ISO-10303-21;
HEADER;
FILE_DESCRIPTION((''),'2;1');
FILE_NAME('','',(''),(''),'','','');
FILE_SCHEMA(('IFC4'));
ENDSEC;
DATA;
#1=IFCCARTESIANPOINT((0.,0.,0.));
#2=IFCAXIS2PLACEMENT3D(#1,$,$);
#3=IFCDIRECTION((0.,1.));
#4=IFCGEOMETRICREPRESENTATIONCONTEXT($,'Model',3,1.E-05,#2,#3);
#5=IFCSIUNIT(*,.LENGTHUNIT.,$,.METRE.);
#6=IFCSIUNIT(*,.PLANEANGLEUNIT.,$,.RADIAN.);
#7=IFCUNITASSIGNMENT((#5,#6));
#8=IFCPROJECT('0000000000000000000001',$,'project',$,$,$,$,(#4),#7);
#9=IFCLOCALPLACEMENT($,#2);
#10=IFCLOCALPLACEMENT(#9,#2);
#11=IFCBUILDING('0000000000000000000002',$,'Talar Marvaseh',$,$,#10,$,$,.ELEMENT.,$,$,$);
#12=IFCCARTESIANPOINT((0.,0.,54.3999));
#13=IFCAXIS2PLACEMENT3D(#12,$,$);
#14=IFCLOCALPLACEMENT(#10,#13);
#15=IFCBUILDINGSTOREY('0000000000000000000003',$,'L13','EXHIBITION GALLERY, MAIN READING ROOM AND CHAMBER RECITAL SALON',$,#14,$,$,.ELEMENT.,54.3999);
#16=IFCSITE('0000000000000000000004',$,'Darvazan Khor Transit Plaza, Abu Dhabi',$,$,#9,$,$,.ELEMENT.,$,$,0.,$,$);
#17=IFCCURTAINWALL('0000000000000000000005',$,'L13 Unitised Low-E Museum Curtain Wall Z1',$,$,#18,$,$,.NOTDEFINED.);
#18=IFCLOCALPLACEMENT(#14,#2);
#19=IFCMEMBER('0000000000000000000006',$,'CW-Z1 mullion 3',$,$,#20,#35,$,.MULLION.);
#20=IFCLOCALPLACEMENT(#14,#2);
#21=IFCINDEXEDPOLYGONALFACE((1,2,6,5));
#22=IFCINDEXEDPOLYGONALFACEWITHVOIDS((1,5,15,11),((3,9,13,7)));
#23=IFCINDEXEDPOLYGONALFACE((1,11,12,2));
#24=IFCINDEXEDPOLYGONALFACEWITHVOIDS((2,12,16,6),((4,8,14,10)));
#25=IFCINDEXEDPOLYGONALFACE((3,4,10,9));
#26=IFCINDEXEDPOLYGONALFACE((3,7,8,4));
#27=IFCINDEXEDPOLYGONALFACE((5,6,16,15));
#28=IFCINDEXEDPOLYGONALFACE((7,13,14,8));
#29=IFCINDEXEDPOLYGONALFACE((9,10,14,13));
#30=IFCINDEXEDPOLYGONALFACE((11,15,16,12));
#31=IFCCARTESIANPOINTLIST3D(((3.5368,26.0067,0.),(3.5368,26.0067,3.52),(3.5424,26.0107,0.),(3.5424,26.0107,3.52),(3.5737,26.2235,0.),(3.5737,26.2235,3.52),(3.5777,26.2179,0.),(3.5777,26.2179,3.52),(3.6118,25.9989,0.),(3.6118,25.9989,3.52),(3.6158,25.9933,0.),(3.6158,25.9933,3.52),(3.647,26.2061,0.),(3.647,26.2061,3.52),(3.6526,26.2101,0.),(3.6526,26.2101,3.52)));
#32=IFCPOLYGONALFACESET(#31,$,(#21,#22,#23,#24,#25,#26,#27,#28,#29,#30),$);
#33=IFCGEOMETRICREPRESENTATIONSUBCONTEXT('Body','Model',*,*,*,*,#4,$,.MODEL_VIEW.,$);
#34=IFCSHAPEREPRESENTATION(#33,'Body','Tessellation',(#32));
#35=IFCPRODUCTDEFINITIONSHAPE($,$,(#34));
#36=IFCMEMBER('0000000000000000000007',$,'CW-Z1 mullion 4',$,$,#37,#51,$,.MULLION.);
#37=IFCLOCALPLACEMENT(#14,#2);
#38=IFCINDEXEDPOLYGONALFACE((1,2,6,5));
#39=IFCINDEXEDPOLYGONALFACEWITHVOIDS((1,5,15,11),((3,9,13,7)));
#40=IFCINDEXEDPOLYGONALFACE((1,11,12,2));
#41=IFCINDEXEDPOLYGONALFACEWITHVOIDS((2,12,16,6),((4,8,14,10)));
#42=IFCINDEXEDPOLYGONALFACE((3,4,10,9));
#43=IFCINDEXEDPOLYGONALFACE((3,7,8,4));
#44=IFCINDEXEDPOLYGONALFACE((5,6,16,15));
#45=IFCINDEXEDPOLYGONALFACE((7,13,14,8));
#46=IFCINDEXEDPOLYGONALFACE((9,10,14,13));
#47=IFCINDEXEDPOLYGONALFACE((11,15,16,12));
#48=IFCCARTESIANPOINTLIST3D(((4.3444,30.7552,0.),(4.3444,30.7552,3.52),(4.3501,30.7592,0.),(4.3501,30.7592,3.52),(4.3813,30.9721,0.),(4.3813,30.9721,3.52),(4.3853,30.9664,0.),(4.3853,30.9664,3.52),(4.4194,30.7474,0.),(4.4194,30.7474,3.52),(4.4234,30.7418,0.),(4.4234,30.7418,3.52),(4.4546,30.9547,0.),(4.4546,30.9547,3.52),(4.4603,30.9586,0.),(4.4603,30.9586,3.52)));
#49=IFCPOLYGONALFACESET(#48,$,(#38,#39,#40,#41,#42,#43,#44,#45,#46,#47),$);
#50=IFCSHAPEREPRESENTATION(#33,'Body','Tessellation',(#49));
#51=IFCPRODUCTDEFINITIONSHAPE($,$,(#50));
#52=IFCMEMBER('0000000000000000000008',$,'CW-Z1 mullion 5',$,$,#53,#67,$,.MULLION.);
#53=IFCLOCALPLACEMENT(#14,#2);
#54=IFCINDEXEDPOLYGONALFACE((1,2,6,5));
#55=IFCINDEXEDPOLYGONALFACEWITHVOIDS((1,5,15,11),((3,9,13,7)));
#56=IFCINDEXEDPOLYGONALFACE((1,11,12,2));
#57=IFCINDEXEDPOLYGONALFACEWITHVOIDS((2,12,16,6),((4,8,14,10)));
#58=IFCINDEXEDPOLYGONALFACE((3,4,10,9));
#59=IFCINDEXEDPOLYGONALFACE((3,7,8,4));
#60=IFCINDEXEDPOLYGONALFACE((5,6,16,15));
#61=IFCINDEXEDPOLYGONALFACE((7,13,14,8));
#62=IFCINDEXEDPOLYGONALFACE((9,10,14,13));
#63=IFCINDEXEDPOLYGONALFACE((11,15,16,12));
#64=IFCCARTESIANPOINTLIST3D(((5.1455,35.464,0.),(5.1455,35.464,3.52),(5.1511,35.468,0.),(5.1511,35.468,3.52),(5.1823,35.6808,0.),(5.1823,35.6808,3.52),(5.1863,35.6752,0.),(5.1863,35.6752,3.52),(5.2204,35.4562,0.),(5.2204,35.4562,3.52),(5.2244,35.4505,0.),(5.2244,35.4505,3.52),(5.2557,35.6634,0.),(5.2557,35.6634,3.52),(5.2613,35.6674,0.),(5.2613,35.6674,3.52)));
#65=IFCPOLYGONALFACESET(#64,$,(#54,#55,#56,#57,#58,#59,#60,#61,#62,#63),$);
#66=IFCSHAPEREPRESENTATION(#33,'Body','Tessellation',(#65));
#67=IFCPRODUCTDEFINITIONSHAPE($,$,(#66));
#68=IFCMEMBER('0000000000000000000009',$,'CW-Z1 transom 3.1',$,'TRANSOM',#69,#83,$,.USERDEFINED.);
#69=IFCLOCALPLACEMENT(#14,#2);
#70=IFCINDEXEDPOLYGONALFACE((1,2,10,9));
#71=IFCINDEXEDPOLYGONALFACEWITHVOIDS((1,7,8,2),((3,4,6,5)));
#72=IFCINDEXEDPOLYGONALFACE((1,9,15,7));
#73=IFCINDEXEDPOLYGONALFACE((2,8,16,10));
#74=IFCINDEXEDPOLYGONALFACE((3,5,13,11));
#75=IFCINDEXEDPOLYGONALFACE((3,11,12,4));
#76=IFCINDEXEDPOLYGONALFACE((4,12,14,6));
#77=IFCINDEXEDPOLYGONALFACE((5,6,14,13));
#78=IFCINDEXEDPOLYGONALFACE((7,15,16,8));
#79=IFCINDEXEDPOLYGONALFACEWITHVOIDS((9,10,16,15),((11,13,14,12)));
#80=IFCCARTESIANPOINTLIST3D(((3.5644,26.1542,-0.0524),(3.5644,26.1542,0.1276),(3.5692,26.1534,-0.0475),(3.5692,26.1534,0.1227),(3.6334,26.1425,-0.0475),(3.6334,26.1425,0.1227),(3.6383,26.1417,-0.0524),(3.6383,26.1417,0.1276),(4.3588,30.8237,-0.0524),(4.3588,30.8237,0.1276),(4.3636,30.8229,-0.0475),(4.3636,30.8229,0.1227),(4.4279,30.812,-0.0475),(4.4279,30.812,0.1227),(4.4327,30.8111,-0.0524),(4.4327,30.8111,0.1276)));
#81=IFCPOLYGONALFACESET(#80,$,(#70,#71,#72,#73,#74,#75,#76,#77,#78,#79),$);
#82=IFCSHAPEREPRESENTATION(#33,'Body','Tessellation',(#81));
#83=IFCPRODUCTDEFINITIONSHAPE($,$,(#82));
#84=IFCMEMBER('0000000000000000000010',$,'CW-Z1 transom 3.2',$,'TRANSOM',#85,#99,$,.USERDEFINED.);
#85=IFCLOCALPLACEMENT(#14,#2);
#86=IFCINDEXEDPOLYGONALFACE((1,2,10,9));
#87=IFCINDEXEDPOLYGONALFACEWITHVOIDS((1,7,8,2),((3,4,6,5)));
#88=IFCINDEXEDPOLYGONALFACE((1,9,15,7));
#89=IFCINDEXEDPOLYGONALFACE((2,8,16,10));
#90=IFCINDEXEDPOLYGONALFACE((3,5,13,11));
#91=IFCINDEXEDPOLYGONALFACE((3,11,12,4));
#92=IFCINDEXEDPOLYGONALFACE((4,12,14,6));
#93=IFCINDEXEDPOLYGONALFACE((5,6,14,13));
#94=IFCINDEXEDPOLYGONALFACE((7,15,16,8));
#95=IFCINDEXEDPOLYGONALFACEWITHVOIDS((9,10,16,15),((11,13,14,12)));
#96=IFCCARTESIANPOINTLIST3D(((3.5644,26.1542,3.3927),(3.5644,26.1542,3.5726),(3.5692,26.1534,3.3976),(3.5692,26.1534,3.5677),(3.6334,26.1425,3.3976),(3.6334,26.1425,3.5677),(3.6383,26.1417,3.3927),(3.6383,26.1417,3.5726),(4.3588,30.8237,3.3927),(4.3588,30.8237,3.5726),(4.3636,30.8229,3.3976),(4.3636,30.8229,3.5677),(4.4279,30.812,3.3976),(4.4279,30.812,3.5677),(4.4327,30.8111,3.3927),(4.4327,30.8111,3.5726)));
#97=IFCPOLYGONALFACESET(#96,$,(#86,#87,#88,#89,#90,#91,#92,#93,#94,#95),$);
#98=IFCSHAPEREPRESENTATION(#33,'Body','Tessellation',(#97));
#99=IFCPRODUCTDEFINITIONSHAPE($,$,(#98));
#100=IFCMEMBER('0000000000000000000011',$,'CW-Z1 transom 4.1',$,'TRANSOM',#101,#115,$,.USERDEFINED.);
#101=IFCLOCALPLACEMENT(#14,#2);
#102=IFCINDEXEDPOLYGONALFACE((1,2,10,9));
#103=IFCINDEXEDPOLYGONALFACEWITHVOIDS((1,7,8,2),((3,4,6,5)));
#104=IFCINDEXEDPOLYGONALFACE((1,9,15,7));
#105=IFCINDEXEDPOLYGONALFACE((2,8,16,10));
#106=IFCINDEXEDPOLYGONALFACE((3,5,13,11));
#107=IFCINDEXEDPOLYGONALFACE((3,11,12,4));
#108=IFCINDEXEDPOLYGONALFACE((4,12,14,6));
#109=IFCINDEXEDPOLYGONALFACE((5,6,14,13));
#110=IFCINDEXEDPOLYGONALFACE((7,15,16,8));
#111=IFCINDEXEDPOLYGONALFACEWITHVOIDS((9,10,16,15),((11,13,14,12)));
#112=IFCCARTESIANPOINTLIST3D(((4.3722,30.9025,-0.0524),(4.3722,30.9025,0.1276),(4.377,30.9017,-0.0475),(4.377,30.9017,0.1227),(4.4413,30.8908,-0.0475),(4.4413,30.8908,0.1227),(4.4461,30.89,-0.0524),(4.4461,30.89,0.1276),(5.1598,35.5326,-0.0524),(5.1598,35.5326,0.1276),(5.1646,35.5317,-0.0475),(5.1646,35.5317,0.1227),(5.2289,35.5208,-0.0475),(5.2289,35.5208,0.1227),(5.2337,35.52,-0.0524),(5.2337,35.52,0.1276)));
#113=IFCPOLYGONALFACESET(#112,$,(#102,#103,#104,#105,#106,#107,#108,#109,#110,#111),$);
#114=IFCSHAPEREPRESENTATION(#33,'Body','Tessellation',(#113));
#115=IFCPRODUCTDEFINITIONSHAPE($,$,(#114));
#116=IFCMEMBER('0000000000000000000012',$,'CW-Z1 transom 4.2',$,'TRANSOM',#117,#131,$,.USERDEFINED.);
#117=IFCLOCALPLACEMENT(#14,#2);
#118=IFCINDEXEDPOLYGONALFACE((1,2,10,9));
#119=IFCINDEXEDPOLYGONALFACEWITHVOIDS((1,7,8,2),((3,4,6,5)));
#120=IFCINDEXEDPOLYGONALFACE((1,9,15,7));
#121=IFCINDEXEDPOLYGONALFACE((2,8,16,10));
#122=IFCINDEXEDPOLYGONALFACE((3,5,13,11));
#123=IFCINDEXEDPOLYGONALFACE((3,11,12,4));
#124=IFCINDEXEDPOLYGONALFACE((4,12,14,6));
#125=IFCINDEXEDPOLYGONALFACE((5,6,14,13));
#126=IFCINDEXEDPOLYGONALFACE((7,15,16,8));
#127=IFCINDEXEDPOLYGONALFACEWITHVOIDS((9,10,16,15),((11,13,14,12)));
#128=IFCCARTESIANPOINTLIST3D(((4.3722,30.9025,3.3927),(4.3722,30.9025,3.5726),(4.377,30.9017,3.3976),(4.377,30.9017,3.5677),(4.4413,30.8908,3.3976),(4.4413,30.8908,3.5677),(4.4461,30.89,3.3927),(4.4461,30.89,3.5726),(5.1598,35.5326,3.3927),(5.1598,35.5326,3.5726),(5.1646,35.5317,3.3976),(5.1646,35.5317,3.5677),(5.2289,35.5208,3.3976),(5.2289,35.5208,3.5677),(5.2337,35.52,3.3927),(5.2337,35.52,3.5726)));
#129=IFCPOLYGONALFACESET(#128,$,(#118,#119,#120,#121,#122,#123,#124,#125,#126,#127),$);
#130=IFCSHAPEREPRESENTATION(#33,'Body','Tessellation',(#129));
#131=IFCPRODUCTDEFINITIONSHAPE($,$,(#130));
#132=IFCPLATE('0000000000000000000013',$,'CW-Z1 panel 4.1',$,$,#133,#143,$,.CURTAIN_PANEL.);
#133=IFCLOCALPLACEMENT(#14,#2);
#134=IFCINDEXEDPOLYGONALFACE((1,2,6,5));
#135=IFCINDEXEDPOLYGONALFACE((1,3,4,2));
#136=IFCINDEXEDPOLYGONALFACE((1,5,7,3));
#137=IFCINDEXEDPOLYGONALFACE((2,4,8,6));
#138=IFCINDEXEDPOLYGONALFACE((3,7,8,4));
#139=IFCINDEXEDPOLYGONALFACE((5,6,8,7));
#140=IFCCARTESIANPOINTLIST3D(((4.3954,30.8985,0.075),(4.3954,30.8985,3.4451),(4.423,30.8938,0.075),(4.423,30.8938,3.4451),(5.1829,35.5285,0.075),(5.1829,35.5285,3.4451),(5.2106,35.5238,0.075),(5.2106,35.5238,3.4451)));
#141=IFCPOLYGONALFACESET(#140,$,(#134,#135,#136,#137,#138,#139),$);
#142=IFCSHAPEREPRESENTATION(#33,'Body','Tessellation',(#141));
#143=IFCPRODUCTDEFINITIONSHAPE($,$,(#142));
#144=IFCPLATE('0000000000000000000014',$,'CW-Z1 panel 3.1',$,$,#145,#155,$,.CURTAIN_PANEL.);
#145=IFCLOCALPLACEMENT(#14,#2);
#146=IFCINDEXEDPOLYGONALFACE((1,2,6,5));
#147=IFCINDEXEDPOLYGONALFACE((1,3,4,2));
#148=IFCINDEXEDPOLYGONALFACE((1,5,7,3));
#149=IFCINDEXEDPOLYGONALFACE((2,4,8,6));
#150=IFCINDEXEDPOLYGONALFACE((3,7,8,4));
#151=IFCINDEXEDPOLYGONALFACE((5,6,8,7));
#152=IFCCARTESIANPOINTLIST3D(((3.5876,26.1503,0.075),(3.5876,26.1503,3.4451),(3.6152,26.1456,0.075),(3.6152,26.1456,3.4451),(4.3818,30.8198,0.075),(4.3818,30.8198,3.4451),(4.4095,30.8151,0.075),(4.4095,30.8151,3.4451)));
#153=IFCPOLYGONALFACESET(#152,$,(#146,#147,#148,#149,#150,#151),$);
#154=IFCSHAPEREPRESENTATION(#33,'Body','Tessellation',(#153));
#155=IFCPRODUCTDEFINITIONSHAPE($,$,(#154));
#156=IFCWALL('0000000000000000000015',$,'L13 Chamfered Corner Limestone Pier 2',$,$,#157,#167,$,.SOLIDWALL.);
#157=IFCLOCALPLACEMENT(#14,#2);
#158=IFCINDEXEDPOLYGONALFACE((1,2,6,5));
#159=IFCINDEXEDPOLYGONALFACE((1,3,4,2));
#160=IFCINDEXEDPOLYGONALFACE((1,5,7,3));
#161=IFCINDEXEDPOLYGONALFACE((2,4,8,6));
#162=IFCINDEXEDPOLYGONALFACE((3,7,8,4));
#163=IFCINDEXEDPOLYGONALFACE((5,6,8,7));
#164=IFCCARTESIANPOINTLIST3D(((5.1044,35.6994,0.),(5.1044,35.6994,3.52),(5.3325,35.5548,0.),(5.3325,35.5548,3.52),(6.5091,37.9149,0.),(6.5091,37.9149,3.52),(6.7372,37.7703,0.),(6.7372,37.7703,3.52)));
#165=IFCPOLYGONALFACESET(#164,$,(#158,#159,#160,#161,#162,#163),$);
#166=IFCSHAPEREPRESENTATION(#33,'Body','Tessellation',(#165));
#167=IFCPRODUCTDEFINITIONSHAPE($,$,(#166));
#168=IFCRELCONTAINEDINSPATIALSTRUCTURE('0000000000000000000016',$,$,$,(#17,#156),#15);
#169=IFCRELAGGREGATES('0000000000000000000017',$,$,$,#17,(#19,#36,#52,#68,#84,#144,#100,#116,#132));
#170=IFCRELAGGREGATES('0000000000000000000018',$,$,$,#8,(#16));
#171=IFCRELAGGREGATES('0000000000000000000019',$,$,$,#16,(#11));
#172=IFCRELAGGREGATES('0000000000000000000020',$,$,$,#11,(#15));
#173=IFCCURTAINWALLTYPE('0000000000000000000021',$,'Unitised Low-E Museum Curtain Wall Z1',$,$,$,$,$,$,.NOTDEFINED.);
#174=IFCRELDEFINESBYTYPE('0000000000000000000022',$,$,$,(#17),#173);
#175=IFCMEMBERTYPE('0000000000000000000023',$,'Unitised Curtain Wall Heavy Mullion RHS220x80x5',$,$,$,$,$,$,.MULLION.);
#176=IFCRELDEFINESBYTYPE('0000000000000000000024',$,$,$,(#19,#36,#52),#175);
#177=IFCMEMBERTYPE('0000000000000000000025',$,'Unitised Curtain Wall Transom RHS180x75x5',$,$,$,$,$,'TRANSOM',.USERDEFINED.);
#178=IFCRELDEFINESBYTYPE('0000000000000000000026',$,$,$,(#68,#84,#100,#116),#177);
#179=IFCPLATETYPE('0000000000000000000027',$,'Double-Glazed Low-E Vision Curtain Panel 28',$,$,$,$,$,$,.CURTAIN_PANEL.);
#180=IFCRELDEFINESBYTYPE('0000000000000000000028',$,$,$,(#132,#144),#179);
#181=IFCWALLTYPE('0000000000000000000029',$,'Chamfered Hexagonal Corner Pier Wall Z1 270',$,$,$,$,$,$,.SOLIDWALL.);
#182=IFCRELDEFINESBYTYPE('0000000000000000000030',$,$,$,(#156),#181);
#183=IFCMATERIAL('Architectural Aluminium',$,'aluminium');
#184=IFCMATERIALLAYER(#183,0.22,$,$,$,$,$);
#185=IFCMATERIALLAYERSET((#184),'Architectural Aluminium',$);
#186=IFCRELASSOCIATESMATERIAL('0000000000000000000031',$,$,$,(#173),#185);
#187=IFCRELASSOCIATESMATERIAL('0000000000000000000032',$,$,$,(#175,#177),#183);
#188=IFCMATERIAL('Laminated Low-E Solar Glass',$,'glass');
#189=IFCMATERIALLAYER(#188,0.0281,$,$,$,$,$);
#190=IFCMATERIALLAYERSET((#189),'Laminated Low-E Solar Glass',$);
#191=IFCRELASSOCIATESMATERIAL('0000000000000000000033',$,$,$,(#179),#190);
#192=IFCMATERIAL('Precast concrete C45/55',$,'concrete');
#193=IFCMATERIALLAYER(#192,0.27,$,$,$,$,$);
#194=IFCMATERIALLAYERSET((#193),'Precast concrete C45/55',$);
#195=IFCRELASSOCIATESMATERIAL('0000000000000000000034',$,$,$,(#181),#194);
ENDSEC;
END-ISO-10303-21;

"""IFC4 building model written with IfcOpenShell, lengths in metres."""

from ifc_helpers import new_model, si_unit, direction, frame, frame_2d, origin, origin_2d, place, context, subcontext, project, spatial, rectangle, hollow_rectangle, extrude, source, transform, mapped, material, layer, layer_set, material_profile, profile_set, type_object, type_shapes, element, aggregate, save


model = new_model("IFC4")

# Units and contexts
model_context = context("Model", 3, precision=1e-05, world=origin(), true_north=direction((0.0, 1.0)))
body_context = subcontext(model_context, "Body", "Model", "MODEL_VIEW")
ifc_project = project(units=[si_unit("LENGTHUNIT", "METRE"), si_unit("PLANEANGLEUNIT", "RADIAN")], contexts=[model_context])

# Site, building, storey
site_placement = place(None, origin())
site = spatial("IfcSite", under=ifc_project, at=site_placement, Name="Darvazan Khor Transit Plaza, Abu Dhabi", CompositionType="ELEMENT", RefElevation=0.0)
building_placement = place(site_placement, origin())
building = spatial("IfcBuilding", under=site, at=building_placement, Name="Talar Marvaseh", CompositionType="ELEMENT")
storey_placement = place(building_placement, frame((0.0, 0.0, 54.3999)))
storey = spatial("IfcBuildingStorey", under=building, at=storey_placement, Name="L13", Description="EXHIBITION GALLERY, MAIN READING ROOM AND CHAMBER RECITAL SALON", CompositionType="ELEMENT", Elevation=54.3999)

# Curtain wall, members, plates
ifc_material_1 = material(Name="Architectural Aluminium", Category="aluminium")
ifc_layer_1 = layer(ifc_material_1, 0.22)
ifc_layer_set_1 = layer_set([ifc_layer_1], Name="Architectural Aluminium")
curtain_wall_type = type_object("IfcCurtainWallType", Name="Unitised Low-E Museum Curtain Wall Z1", PredefinedType="NOTDEFINED", material=ifc_layer_set_1)
curtain_wall_placement = place(storey_placement, origin())
curtain_wall = element("IfcCurtainWall", 1, at=curtain_wall_placement, inside=storey, type_object=curtain_wall_type, Name="L13 Unitised Low-E Museum Curtain Wall Z1", PredefinedType="NOTDEFINED")
ifc_material_profile_1 = material_profile(ifc_material_1, hollow_rectangle(XDim=0.0801, YDim=0.22, WallThickness=0.0049, at=origin_2d()), Name="RHS220x80x5")
ifc_profile_set_1 = profile_set([ifc_material_profile_1], Name="Architectural Aluminium")
member_type_1 = type_object("IfcMemberType", Name="Unitised Curtain Wall Heavy Mullion RHS220x80x5", PredefinedType="MULLION", material=ifc_profile_set_1)
shared_shape_1 = source(origin(), body_context, "Body", "SweptSolid", [
    extrude(hollow_rectangle(XDim=0.0801, YDim=0.22, WallThickness=0.0049, at=origin_2d()), origin(), (0.0, 0.0, 1.0), 3.52),
])
type_shapes(member_type_1, [shared_shape_1])
member_1_placement = place(storey_placement, frame((3.5947, 26.1084, 0.0), z_axis=(0.0, 0.0, 1.0), x_axis=(-0.98584, 0.167692, 0.0)))
member_1 = element("IfcMember", 2, at=member_1_placement, type_object=member_type_1, Name="CW-Z1 mullion 3", PredefinedType="MULLION", context=body_context, shape_type="MappedRepresentation", body=[
    mapped(shared_shape_1, transform((0.0, 0.0, 0.0), x_axis=(1.0, 0.0, 0.0), y_axis=(0.0, 1.0, 0.0), z_axis=(0.0, 0.0, 1.0), scale=1.0)),
])
member_2_placement = place(storey_placement, frame((4.4023, 30.8569, 0.0), z_axis=(0.0, 0.0, 1.0), x_axis=(-0.98584, 0.167692, 0.0)))
member_2 = element("IfcMember", 3, at=member_2_placement, type_object=member_type_1, Name="CW-Z1 mullion 4", PredefinedType="MULLION", context=body_context, shape_type="MappedRepresentation", body=[
    mapped(shared_shape_1, transform((0.0, 0.0, 0.0), x_axis=(1.0, 0.0, 0.0), y_axis=(0.0, 1.0, 0.0), z_axis=(0.0, 0.0, 1.0), scale=1.0)),
])
member_3_placement = place(storey_placement, frame((5.2034, 35.5657, 0.0), z_axis=(0.0, 0.0, 1.0), x_axis=(-0.98584, 0.167692, 0.0)))
member_3 = element("IfcMember", 4, at=member_3_placement, type_object=member_type_1, Name="CW-Z1 mullion 5", PredefinedType="MULLION", context=body_context, shape_type="MappedRepresentation", body=[
    mapped(shared_shape_1, transform((0.0, 0.0, 0.0), x_axis=(1.0, 0.0, 0.0), y_axis=(0.0, 1.0, 0.0), z_axis=(0.0, 0.0, 1.0), scale=1.0)),
])
ifc_material_profile_2 = material_profile(ifc_material_1, hollow_rectangle(XDim=0.075, YDim=0.1799, WallThickness=0.0049, at=origin_2d()), Name="RHS180x75x5")
ifc_profile_set_2 = profile_set([ifc_material_profile_2], Name="Architectural Aluminium")
member_type_2 = type_object("IfcMemberType", Name="Unitised Curtain Wall Transom RHS180x75x5", ElementType="TRANSOM", PredefinedType="USERDEFINED", material=ifc_profile_set_2)
shared_shape_2 = source(origin(), body_context, "Body", "SweptSolid", [
    extrude(hollow_rectangle(XDim=0.075, YDim=0.1799, WallThickness=0.0049, at=origin_2d()), origin(), (0.0, 0.0, 1.0), 4.7366),
])
member_4_placement = place(storey_placement, frame((3.6013, 26.1479, 0.0376), z_axis=(0.167725, 0.985834, 0.0), x_axis=(-0.985834, 0.167725, 0.0)))
member_4 = element("IfcMember", 5, at=member_4_placement, type_object=member_type_2, Name="CW-Z1 transom 3.1", ObjectType="TRANSOM", PredefinedType="USERDEFINED", context=body_context, shape_type="MappedRepresentation", body=[
    mapped(shared_shape_2, transform((0.0, 0.0, 0.0), x_axis=(1.0, 0.0, 0.0), y_axis=(0.0, 1.0, 0.0), z_axis=(0.0, 0.0, 1.0), scale=1.0)),
])
member_5_placement = place(storey_placement, frame((3.6013, 26.1479, 3.4827), z_axis=(0.167725, 0.985834, 0.0), x_axis=(-0.985834, 0.167725, 0.0)))
member_5 = element("IfcMember", 6, at=member_5_placement, type_object=member_type_2, Name="CW-Z1 transom 3.2", ObjectType="TRANSOM", PredefinedType="USERDEFINED", context=body_context, shape_type="MappedRepresentation", body=[
    mapped(shared_shape_2, transform((0.0, 0.0, 0.0), x_axis=(1.0, 0.0, 0.0), y_axis=(0.0, 1.0, 0.0), z_axis=(0.0, 0.0, 1.0), scale=1.0)),
])
shared_shape_3 = source(origin(), body_context, "Body", "SweptSolid", [
    extrude(hollow_rectangle(XDim=0.075, YDim=0.1799, WallThickness=0.0049, at=origin_2d()), origin(), (0.0, 0.0, 1.0), 4.6965),
])
type_shapes(member_type_2, [shared_shape_2, shared_shape_3])
member_6_placement = place(storey_placement, frame((4.4092, 30.8962, 0.0376), z_axis=(0.167694, 0.985839, 0.0), x_axis=(-0.985839, 0.167694, 0.0)))
member_6 = element("IfcMember", 7, at=member_6_placement, type_object=member_type_2, Name="CW-Z1 transom 4.1", ObjectType="TRANSOM", PredefinedType="USERDEFINED", context=body_context, shape_type="MappedRepresentation", body=[
    mapped(shared_shape_3, transform((0.0, 0.0, 0.0), x_axis=(1.0, 0.0, 0.0), y_axis=(0.0, 1.0, 0.0), z_axis=(0.0, 0.0, 1.0), scale=1.0)),
])
member_7_placement = place(storey_placement, frame((4.4092, 30.8962, 3.4827), z_axis=(0.167694, 0.985839, 0.0), x_axis=(-0.985839, 0.167694, 0.0)))
member_7 = element("IfcMember", 8, at=member_7_placement, type_object=member_type_2, Name="CW-Z1 transom 4.2", ObjectType="TRANSOM", PredefinedType="USERDEFINED", context=body_context, shape_type="MappedRepresentation", body=[
    mapped(shared_shape_3, transform((0.0, 0.0, 0.0), x_axis=(1.0, 0.0, 0.0), y_axis=(0.0, 1.0, 0.0), z_axis=(0.0, 0.0, 1.0), scale=1.0)),
])
ifc_material_2 = material(Name="Laminated Low-E Solar Glass", Category="glass")
ifc_layer_2 = layer(ifc_material_2, 0.0281)
ifc_layer_set_2 = layer_set([ifc_layer_2], Name="Laminated Low-E Solar Glass")
plate_type = type_object("IfcPlateType", Name="Double-Glazed Low-E Vision Curtain Panel 28", PredefinedType="CURTAIN_PANEL", material=ifc_layer_set_2)
shared_shape_4 = source(origin(), body_context, "Body", "SweptSolid", [
    extrude(rectangle(XDim=4.6965, YDim=0.0281, at=origin_2d()), origin(), (0.0, 0.0, 1.0), 3.3701),
])
plate_1_placement = place(storey_placement, frame((4.803, 33.2112, 0.075), z_axis=(0.0, 0.0, 1.0), x_axis=(0.167692, 0.98584, 0.0)))
plate_1 = element("IfcPlate", 9, at=plate_1_placement, type_object=plate_type, Name="CW-Z1 panel 4.1", PredefinedType="CURTAIN_PANEL", context=body_context, shape_type="MappedRepresentation", body=[
    mapped(shared_shape_4, transform((0.0, 0.0, 0.0), x_axis=(1.0, 0.0, 0.0), y_axis=(0.0, 1.0, 0.0), z_axis=(0.0, 0.0, 1.0), scale=1.0)),
])
shared_shape_5 = source(origin(), body_context, "Body", "SweptSolid", [
    extrude(rectangle(XDim=4.7366, YDim=0.0281, at=origin_2d()), origin(), (0.0, 0.0, 1.0), 3.3701),
])
type_shapes(plate_type, [shared_shape_4, shared_shape_5])
plate_2_placement = place(storey_placement, frame((3.9985, 28.4827, 0.075), z_axis=(0.0, 0.0, 1.0), x_axis=(0.167692, 0.98584, 0.0)))
plate_2 = element("IfcPlate", 10, at=plate_2_placement, type_object=plate_type, Name="CW-Z1 panel 3.1", PredefinedType="CURTAIN_PANEL", context=body_context, shape_type="MappedRepresentation", body=[
    mapped(shared_shape_5, transform((0.0, 0.0, 0.0), x_axis=(1.0, 0.0, 0.0), y_axis=(0.0, 1.0, 0.0), z_axis=(0.0, 0.0, 1.0), scale=1.0)),
])
aggregate(curtain_wall, [member_1, member_2, member_3, member_4, member_5, plate_2, member_6, member_7, plate_1])

# Wall
ifc_material_3 = material(Name="Precast concrete C45/55", Category="concrete")
ifc_layer_3 = layer(ifc_material_3, 0.27)
ifc_layer_set_3 = layer_set([ifc_layer_3], Name="Precast concrete C45/55")
wall_type = type_object("IfcWallType", Name="Chamfered Hexagonal Corner Pier Wall Z1 270", PredefinedType="SOLIDWALL", material=ifc_layer_set_3)
wall_placement = place(storey_placement, frame((5.2185, 35.6272, 0.0), z_axis=(0.0, 0.0, 1.0), x_axis=(0.535484, 0.844546, 0.0)))
element("IfcWall", 11, at=wall_placement, inside=storey, type_object=wall_type, Name="L13 Chamfered Corner Limestone Pier 2", PredefinedType="SOLIDWALL", context=body_context, shape_type="SweptSolid", body=[
    extrude(rectangle(XDim=2.6233, YDim=0.27, at=frame_2d((1.3115, 0.0))), origin(), (0.0, 0.0, 1.0), 3.52),
])

save(model, "model.ifc")
